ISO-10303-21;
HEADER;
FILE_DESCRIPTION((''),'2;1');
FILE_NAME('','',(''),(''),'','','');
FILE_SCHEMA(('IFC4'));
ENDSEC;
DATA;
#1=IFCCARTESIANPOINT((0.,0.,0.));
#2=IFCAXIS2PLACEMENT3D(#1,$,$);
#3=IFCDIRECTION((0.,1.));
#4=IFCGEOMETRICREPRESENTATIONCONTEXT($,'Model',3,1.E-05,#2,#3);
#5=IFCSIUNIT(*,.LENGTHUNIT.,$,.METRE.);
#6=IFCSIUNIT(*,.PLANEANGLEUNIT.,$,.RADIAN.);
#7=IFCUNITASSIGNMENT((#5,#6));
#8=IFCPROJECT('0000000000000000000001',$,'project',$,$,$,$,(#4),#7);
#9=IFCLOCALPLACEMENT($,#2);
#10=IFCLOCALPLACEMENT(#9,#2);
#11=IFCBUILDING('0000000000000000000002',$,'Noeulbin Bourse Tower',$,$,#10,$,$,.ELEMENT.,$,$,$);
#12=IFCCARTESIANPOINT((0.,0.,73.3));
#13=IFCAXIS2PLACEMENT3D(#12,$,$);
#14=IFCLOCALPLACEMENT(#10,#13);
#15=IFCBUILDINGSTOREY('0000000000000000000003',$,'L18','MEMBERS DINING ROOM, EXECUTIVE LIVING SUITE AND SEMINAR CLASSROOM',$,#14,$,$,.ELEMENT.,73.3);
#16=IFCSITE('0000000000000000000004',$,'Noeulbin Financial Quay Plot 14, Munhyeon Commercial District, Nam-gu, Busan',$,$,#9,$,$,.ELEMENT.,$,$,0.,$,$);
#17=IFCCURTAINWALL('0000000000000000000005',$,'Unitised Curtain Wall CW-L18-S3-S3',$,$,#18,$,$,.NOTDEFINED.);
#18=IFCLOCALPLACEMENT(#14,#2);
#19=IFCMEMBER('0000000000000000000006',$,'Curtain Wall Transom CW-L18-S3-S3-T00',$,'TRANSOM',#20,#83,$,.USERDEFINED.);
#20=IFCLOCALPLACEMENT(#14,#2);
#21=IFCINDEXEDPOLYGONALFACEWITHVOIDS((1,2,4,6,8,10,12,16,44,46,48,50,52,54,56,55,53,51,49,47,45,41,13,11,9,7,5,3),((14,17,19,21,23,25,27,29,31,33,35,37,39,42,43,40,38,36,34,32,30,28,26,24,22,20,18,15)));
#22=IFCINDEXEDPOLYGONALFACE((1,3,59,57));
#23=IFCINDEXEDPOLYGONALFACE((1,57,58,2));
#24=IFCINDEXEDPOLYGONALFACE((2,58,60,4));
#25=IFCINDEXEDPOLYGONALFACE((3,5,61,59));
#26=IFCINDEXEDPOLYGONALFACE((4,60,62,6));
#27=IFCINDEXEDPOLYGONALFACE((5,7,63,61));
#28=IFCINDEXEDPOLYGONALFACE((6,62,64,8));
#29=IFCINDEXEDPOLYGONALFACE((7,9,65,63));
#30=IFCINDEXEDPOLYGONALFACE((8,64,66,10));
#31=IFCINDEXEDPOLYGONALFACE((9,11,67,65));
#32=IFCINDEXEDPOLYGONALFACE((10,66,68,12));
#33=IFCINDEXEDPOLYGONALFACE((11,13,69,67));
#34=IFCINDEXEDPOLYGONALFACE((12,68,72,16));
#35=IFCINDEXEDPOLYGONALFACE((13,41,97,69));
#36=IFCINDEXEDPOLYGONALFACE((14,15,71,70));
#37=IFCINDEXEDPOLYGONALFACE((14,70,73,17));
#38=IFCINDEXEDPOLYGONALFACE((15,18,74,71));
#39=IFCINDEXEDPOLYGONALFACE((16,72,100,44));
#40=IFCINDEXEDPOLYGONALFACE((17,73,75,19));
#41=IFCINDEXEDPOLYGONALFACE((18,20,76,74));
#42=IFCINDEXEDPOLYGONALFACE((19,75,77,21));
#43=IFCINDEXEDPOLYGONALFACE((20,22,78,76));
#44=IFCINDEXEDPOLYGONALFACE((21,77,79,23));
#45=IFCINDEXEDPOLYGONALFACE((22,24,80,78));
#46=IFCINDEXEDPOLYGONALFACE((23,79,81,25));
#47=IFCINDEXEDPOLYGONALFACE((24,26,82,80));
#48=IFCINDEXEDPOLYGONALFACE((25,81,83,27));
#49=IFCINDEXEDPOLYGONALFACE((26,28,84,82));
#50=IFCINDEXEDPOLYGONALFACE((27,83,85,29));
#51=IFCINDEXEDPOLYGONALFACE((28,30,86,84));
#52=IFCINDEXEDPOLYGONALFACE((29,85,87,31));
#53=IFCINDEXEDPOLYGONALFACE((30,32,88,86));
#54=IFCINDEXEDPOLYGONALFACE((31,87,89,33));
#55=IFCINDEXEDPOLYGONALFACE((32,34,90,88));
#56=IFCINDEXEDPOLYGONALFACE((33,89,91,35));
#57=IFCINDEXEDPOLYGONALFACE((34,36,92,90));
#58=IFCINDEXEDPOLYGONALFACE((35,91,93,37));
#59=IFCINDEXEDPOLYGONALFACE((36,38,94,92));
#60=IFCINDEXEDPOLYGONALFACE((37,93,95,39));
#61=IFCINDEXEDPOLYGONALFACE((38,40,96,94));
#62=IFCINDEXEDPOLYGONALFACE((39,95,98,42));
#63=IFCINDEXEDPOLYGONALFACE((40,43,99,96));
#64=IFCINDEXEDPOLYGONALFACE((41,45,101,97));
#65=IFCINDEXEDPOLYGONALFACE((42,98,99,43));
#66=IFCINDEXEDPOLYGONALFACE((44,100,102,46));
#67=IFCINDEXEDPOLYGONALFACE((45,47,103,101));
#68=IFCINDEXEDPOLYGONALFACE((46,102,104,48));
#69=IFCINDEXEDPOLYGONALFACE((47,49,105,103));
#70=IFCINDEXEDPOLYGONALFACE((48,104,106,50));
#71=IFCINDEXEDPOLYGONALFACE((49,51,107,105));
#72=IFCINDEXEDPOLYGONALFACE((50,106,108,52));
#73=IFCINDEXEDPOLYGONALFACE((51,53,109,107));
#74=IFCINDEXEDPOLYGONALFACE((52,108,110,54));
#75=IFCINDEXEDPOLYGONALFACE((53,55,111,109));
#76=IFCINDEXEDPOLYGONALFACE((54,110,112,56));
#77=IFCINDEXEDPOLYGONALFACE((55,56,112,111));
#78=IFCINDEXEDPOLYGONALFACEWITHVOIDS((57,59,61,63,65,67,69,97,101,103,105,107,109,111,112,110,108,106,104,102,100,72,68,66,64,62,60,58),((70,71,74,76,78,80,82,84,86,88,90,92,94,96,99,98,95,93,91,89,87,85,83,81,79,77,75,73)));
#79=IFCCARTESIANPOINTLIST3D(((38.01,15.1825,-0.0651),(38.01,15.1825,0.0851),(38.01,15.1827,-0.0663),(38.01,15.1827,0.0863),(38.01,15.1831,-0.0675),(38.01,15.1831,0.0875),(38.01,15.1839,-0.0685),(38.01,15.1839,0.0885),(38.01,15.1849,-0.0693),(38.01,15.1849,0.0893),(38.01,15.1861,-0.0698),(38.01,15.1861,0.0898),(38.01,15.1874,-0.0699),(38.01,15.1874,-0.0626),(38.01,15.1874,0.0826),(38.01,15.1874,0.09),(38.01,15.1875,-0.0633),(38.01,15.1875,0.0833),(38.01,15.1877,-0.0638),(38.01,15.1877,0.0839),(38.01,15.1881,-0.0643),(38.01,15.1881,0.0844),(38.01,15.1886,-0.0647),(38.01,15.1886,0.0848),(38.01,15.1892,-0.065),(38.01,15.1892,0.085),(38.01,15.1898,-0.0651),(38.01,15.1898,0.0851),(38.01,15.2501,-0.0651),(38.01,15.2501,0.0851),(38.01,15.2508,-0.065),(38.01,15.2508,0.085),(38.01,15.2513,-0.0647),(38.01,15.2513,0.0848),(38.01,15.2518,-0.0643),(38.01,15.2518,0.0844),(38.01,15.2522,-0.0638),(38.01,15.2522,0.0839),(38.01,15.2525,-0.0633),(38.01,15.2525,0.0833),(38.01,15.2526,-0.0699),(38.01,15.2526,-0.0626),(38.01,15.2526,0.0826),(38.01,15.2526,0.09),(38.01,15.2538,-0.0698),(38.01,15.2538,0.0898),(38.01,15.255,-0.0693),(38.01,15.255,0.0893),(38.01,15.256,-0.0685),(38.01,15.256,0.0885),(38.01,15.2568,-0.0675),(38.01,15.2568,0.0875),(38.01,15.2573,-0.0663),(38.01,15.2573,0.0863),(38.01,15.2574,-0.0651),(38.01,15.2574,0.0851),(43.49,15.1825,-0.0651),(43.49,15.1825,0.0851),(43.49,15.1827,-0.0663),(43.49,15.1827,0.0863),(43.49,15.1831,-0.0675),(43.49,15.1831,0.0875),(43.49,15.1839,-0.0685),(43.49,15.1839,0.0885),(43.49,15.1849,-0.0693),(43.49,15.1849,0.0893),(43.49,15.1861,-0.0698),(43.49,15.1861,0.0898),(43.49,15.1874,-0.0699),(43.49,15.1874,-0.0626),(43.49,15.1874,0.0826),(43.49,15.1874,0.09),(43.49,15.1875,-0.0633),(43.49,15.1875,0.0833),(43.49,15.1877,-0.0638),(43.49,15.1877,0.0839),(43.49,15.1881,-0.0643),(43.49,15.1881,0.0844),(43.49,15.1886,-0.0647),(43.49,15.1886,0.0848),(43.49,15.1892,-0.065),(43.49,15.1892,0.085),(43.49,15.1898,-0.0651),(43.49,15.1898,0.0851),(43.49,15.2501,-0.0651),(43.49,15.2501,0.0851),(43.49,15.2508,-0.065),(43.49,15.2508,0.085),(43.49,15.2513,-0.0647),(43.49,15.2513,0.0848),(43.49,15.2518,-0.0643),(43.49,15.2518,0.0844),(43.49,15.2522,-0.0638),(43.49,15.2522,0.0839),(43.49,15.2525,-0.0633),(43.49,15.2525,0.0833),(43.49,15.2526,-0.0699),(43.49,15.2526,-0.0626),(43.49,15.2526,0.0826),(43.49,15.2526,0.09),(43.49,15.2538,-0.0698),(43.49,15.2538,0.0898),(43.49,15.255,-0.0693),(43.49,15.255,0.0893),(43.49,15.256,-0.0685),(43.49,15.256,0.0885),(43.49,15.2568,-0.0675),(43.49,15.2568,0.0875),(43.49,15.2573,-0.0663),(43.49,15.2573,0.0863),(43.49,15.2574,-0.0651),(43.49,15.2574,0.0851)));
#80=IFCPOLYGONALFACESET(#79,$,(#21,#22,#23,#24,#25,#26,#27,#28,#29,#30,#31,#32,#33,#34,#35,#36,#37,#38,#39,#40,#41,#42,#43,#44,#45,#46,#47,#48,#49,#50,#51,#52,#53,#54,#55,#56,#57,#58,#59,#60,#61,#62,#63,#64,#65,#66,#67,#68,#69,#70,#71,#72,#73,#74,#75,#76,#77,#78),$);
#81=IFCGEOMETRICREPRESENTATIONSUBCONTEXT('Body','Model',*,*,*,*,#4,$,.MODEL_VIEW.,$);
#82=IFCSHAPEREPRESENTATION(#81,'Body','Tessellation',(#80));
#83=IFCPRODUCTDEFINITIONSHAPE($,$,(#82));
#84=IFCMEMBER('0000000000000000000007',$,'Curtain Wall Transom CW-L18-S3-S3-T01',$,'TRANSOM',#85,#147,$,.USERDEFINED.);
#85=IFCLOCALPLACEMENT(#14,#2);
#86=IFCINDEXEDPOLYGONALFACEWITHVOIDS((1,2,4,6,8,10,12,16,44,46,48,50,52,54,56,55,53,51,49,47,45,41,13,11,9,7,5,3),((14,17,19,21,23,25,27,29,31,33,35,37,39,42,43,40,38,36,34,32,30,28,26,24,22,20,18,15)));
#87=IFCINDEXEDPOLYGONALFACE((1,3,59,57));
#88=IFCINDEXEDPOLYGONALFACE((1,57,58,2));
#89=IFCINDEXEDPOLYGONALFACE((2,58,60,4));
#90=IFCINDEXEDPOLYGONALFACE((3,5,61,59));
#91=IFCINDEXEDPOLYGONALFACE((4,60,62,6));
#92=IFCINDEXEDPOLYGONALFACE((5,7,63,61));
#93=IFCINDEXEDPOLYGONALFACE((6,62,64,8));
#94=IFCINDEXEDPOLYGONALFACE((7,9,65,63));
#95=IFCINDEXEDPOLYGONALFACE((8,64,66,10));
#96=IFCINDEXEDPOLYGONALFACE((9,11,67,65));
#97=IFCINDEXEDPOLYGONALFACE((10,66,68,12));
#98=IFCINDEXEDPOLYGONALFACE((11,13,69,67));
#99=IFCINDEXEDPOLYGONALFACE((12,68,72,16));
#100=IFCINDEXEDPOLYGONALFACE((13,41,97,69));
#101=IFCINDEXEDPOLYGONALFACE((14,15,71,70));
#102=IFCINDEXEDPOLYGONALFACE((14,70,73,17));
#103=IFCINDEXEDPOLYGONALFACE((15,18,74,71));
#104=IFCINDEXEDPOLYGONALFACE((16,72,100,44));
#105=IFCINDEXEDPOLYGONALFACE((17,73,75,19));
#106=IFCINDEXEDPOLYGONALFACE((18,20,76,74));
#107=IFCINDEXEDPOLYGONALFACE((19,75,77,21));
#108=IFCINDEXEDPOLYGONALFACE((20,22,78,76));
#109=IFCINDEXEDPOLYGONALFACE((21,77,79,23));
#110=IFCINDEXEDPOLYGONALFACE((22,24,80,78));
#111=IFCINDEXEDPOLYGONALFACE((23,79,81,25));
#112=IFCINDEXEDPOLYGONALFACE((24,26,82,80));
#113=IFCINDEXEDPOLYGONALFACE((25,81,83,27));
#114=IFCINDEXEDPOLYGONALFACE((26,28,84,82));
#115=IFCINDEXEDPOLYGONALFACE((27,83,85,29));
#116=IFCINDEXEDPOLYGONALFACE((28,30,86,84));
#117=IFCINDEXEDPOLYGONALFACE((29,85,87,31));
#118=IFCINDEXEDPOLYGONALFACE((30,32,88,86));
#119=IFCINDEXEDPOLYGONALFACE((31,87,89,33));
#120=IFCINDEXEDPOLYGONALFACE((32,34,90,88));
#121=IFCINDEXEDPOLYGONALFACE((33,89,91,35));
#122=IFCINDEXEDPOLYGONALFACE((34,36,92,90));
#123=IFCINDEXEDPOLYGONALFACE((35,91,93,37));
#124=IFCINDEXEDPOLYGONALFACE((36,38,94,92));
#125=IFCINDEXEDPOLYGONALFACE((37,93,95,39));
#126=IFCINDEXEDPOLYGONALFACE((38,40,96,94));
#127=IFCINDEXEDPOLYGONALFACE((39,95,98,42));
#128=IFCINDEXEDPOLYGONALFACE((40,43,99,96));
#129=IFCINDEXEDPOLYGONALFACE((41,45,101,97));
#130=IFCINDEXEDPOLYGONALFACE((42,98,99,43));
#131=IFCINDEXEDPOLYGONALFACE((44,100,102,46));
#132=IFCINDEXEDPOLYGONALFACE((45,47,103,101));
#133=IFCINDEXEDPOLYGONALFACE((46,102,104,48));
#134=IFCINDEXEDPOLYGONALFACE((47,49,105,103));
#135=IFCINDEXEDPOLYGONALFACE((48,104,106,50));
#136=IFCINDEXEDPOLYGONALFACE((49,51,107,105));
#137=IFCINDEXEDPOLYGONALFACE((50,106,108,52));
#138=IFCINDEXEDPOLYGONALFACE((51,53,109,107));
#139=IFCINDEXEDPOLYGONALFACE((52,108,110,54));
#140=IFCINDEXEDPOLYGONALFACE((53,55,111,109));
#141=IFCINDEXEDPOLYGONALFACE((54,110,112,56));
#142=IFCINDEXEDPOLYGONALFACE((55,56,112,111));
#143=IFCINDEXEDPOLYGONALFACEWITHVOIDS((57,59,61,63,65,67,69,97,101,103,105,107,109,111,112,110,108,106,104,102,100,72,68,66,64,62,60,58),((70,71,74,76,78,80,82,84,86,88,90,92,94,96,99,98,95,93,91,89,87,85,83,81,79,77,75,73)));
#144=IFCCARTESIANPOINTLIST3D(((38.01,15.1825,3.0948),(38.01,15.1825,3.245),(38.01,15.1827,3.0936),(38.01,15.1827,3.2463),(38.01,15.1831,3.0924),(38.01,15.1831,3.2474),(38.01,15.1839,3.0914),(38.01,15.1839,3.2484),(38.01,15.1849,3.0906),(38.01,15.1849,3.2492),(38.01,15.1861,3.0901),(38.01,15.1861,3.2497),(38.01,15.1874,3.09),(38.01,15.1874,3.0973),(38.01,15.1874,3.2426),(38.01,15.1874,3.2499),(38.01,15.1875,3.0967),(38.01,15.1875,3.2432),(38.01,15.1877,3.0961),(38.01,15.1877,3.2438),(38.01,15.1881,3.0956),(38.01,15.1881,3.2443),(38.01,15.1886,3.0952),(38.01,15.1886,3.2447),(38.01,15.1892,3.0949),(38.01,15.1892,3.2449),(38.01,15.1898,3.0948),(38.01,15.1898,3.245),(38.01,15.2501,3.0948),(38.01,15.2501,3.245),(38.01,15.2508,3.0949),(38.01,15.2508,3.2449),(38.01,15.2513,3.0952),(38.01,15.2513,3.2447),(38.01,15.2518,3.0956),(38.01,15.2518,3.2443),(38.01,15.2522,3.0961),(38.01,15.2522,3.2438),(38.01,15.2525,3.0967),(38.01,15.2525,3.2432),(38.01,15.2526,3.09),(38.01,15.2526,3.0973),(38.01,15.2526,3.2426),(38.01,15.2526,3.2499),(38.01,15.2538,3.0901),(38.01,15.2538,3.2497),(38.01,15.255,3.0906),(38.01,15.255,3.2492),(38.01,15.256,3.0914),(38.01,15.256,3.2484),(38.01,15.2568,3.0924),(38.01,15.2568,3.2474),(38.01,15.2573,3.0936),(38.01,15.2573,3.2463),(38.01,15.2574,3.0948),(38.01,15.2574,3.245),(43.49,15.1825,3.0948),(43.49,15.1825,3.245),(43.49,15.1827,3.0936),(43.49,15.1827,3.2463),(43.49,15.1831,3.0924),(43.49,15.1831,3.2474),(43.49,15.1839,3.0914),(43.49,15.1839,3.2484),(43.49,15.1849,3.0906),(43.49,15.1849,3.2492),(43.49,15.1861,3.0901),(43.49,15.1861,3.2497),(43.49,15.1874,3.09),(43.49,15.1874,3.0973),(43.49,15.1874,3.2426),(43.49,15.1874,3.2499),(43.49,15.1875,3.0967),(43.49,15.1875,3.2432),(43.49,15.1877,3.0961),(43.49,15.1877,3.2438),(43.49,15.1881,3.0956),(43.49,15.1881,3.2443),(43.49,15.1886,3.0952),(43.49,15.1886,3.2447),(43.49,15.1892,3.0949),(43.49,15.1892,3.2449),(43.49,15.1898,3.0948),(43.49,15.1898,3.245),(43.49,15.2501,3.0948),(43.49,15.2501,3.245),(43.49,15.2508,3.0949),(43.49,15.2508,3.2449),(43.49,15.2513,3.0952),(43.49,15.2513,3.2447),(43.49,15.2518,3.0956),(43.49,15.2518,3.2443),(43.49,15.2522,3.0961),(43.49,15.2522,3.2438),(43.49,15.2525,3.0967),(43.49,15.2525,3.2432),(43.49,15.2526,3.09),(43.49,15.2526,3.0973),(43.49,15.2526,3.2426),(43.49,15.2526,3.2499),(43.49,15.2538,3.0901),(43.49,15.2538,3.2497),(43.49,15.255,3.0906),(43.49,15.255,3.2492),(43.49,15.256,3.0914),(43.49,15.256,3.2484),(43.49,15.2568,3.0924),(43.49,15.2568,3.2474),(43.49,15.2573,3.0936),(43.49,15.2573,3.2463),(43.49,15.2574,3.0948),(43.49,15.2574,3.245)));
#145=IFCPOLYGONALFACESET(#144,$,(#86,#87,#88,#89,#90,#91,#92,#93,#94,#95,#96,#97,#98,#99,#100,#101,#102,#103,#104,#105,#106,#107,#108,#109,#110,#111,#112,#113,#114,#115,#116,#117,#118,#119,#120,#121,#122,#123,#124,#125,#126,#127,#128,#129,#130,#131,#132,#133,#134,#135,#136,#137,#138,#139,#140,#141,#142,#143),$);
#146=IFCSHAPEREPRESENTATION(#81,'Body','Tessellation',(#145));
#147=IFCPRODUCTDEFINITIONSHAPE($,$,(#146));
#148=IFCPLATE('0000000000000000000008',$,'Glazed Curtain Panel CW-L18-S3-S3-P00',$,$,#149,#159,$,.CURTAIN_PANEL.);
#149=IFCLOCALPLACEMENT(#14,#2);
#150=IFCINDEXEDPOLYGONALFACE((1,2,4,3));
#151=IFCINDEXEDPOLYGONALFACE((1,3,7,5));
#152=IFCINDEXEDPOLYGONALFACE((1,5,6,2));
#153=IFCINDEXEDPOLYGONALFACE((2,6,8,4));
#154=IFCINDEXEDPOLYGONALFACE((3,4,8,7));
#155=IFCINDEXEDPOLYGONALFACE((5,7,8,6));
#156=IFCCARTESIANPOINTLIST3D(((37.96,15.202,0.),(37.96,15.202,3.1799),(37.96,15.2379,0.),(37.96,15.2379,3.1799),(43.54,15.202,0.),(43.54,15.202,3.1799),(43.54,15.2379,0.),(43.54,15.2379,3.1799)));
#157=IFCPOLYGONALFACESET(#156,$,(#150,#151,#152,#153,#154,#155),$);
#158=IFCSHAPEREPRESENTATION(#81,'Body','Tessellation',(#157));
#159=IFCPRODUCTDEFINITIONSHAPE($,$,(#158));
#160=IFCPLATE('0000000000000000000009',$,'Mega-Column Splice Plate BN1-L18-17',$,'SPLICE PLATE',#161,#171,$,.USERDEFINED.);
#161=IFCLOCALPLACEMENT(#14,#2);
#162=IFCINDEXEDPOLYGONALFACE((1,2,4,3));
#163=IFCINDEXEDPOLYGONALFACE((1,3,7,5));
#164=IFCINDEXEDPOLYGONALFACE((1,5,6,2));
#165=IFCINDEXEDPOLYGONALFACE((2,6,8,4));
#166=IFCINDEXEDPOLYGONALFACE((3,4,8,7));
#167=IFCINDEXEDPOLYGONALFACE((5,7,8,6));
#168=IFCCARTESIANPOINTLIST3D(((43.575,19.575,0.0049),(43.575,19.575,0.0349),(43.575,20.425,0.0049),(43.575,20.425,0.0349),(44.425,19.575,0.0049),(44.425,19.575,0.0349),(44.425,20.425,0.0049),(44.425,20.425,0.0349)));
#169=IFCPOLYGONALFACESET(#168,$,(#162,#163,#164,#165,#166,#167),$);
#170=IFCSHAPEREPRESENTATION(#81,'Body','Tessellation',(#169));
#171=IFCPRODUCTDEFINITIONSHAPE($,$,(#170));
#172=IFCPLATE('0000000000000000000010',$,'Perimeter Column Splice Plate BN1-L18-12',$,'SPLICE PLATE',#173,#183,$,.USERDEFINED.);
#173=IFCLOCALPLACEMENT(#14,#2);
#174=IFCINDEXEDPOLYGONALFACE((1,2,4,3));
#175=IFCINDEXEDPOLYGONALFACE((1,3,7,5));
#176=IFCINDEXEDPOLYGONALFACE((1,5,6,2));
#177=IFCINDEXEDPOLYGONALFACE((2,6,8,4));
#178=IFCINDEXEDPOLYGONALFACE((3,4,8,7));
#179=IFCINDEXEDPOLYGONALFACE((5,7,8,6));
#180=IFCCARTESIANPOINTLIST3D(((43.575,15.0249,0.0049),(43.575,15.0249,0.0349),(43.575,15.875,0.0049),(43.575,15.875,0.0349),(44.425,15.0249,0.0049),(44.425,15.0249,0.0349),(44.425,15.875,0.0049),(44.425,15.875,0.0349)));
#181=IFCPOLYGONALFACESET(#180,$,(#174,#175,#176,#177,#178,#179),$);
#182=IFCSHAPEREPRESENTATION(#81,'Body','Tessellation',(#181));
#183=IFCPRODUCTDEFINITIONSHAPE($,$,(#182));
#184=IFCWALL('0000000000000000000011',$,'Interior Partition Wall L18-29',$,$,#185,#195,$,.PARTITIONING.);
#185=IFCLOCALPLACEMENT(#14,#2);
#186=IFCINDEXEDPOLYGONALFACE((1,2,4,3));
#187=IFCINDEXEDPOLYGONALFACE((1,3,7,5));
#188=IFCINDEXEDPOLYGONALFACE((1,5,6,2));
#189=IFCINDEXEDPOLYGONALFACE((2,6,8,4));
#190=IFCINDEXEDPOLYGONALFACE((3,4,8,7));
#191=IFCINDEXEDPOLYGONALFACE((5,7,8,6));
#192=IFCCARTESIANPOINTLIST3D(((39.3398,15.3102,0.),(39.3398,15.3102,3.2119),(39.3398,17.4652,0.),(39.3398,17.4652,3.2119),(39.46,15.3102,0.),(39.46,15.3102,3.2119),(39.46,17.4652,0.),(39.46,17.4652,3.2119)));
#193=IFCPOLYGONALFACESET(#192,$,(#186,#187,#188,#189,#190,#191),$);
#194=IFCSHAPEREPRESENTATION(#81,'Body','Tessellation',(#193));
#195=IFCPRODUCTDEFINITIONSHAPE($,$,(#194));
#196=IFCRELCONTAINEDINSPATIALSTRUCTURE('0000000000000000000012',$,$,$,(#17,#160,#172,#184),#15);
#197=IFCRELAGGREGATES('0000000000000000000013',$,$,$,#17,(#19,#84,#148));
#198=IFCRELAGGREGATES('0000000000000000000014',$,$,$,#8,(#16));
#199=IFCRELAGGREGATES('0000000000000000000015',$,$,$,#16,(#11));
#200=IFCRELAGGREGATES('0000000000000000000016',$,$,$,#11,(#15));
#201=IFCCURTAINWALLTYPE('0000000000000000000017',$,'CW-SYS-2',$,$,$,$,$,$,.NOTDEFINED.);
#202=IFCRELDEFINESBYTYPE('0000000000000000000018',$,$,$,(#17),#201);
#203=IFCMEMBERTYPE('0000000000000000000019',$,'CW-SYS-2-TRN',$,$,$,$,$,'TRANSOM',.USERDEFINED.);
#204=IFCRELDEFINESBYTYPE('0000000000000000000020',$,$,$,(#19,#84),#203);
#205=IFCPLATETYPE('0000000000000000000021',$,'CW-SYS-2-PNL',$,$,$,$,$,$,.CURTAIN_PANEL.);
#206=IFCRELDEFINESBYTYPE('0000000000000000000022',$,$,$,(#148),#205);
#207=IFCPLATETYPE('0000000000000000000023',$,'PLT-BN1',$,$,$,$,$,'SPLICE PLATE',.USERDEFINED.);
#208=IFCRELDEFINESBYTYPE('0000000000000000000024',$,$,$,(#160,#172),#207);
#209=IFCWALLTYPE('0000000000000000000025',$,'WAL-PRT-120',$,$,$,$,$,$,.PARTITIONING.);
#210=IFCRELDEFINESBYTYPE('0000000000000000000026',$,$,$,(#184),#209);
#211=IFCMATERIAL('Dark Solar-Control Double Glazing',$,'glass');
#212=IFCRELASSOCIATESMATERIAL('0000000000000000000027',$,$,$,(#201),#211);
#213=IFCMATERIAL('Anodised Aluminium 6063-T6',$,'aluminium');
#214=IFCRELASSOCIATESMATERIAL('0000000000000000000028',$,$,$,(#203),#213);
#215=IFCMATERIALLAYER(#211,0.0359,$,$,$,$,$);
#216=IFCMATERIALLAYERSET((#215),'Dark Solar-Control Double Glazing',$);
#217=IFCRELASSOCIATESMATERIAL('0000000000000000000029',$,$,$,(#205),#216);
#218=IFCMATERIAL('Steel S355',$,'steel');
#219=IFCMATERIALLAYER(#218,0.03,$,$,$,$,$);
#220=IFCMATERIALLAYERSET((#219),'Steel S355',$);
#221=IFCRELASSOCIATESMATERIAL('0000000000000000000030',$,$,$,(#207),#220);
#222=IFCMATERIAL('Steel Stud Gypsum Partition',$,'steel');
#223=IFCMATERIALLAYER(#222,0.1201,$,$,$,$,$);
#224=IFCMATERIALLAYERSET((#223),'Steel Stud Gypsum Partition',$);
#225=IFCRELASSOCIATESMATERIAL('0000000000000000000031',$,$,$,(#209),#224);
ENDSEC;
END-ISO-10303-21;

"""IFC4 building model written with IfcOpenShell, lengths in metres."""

from ifc_helpers import new_model, si_unit, direction, frame, frame_2d, origin, origin_2d, place, context, subcontext, project, spatial, rectangle, hollow_rectangle, extrude, material, layer, layer_set, material_profile, profile_set, type_object, element, aggregate, save


model = new_model("IFC4")

# Units and contexts
model_context = context("Model", 3, precision=1e-05, world=origin(), true_north=direction((0.0, 1.0)))
body_context = subcontext(model_context, "Body", "Model", "MODEL_VIEW")
ifc_project = project(units=[si_unit("LENGTHUNIT", "METRE"), si_unit("PLANEANGLEUNIT", "RADIAN")], contexts=[model_context])

# Site, building, storey
site_placement = place(None, origin())
site = spatial("IfcSite", under=ifc_project, at=site_placement, Name="Noeulbin Financial Quay Plot 14, Munhyeon Commercial District, Nam-gu, Busan", CompositionType="ELEMENT", RefElevation=0.0)
building_placement = place(site_placement, origin())
building = spatial("IfcBuilding", under=site, at=building_placement, Name="Noeulbin Bourse Tower", CompositionType="ELEMENT")
storey_placement = place(building_placement, frame((0.0, 0.0, 73.3)))
storey = spatial("IfcBuildingStorey", under=building, at=storey_placement, Name="L18", Description="MEMBERS DINING ROOM, EXECUTIVE LIVING SUITE AND SEMINAR CLASSROOM", CompositionType="ELEMENT", Elevation=73.3)

# Shared definitions
ifc_material_1 = material(Name="Steel S355", Category="steel")

# Curtain wall
ifc_material_2 = material(Name="Dark Solar-Control Double Glazing", Category="glass")
curtain_wall_type = type_object("IfcCurtainWallType", Name="CW-SYS-2", PredefinedType="NOTDEFINED", material=ifc_material_2)
curtain_wall_1_placement = place(storey_placement, origin())
curtain_wall_1 = element("IfcCurtainWall", 1, at=curtain_wall_1_placement, inside=storey, type_object=curtain_wall_type, Name="Unitised Curtain Wall CW-L18-S3-S3", PredefinedType="NOTDEFINED")
ifc_material_3 = material(Name="Anodised Aluminium 6063-T6", Category="aluminium")

# Members
ifc_material_profile_1 = material_profile(ifc_material_3, hollow_rectangle(XDim=0.075, YDim=0.1599, WallThickness=0.0049, InnerFilletRadius=0.0024, OuterFilletRadius=0.0049, at=origin_2d()), Name="ALU-TRAN-75x160x5", Category="LoadBearing")
ifc_profile_set_1 = profile_set([ifc_material_profile_1], Name="Anodised Aluminium 6063-T6")
member_type_1 = type_object("IfcMemberType", Name="CW-SYS-2-TRN", ElementType="TRANSOM", PredefinedType="USERDEFINED", material=ifc_profile_set_1)
member_1_placement = place(storey_placement, frame((38.01, 15.22, 0.01), z_axis=(1.0, 0.0, 0.0), x_axis=(0.0, 1.0, 0.0)))
member_1 = element("IfcMember", 2, at=member_1_placement, type_object=member_type_1, Name="Curtain Wall Transom CW-L18-S3-S3-T00", ObjectType="TRANSOM", PredefinedType="USERDEFINED", context=body_context, shape_type="SweptSolid", body=[
    extrude(hollow_rectangle(XDim=0.075, YDim=0.1599, WallThickness=0.0049, InnerFilletRadius=0.0024, OuterFilletRadius=0.0049, at=origin_2d()), origin(), (0.0, 0.0, 1.0), 5.48),
])
member_2_placement = place(storey_placement, frame((38.01, 15.22, 3.1699), z_axis=(1.0, 0.0, 0.0), x_axis=(0.0, 1.0, 0.0)))
member_2 = element("IfcMember", 3, at=member_2_placement, type_object=member_type_1, Name="Curtain Wall Transom CW-L18-S3-S3-T01", ObjectType="TRANSOM", PredefinedType="USERDEFINED", context=body_context, shape_type="SweptSolid", body=[
    extrude(hollow_rectangle(XDim=0.075, YDim=0.1599, WallThickness=0.0049, InnerFilletRadius=0.0024, OuterFilletRadius=0.0049, at=origin_2d()), origin(), (0.0, 0.0, 1.0), 5.48),
])

# Plate
ifc_layer_1 = layer(ifc_material_2, 0.0359)
ifc_layer_set_1 = layer_set([ifc_layer_1], Name="Dark Solar-Control Double Glazing")
plate_type_1 = type_object("IfcPlateType", Name="CW-SYS-2-PNL", PredefinedType="CURTAIN_PANEL", material=ifc_layer_set_1)
plate_placement = place(storey_placement, frame((40.75, 15.22, 0.0), z_axis=(0.0, 0.0, 1.0), x_axis=(1.0, 0.0, 0.0)))
plate = element("IfcPlate", 4, at=plate_placement, type_object=plate_type_1, Name="Glazed Curtain Panel CW-L18-S3-S3-P00", PredefinedType="CURTAIN_PANEL", context=body_context, shape_type="SweptSolid", body=[
    extrude(rectangle(XDim=5.5801, YDim=0.0359, at=origin_2d()), origin(), (0.0, 0.0, 1.0), 3.1799),
])
aggregate(curtain_wall_1, [member_1, member_2, plate])

# Plates
ifc_layer_2 = layer(ifc_material_1, 0.03)
ifc_layer_set_2 = layer_set([ifc_layer_2], Name="Steel S355")
plate_type_2 = type_object("IfcPlateType", Name="PLT-BN1", ElementType="SPLICE PLATE", PredefinedType="USERDEFINED", material=ifc_layer_set_2)
for number, where, z_axis, x_axis, name in (
    (5, (44.0, 20.0, 0.0049), (0.0, 0.0, 1.0), (1.0, 0.0, 0.0), "Mega-Column Splice Plate BN1-L18-17"),
    (6, (44.0, 15.45, 0.0049), (0.0, 0.0, 1.0), (1.0, 0.0, 0.0), "Perimeter Column Splice Plate BN1-L18-12"),
):
    element("IfcPlate", number, at=place(storey_placement, frame(where, z_axis=z_axis, x_axis=x_axis)), inside=storey, type_object=plate_type_2, Name=name, ObjectType="SPLICE PLATE", PredefinedType="USERDEFINED", context=body_context, shape_type="SweptSolid", body=[
        extrude(rectangle(XDim=0.8501, YDim=0.8501, at=origin_2d()), origin(), (0.0, 0.0, 1.0), 0.03),
    ])

# Wall
ifc_material_4 = material(Name="Steel Stud Gypsum Partition", Category="steel")
ifc_layer_3 = layer(ifc_material_4, 0.1201)
ifc_layer_set_3 = layer_set([ifc_layer_3], Name="Steel Stud Gypsum Partition")
wall_type = type_object("IfcWallType", Name="WAL-PRT-120", PredefinedType="PARTITIONING", material=ifc_layer_set_3)
wall_placement = place(storey_placement, frame((39.3999, 15.3101, 0.0), z_axis=(0.0, 0.0, 1.0), x_axis=(0.0, 1.0, 0.0)))
element("IfcWall", 7, at=wall_placement, inside=storey, type_object=wall_type, Name="Interior Partition Wall L18-29", PredefinedType="PARTITIONING", context=body_context, shape_type="SweptSolid", body=[
    extrude(rectangle(XDim=2.155, YDim=0.1201, at=frame_2d((1.0776, 0.0))), origin(), (0.0, 0.0, 1.0), 3.2119),
])

save(model, "model.ifc")
